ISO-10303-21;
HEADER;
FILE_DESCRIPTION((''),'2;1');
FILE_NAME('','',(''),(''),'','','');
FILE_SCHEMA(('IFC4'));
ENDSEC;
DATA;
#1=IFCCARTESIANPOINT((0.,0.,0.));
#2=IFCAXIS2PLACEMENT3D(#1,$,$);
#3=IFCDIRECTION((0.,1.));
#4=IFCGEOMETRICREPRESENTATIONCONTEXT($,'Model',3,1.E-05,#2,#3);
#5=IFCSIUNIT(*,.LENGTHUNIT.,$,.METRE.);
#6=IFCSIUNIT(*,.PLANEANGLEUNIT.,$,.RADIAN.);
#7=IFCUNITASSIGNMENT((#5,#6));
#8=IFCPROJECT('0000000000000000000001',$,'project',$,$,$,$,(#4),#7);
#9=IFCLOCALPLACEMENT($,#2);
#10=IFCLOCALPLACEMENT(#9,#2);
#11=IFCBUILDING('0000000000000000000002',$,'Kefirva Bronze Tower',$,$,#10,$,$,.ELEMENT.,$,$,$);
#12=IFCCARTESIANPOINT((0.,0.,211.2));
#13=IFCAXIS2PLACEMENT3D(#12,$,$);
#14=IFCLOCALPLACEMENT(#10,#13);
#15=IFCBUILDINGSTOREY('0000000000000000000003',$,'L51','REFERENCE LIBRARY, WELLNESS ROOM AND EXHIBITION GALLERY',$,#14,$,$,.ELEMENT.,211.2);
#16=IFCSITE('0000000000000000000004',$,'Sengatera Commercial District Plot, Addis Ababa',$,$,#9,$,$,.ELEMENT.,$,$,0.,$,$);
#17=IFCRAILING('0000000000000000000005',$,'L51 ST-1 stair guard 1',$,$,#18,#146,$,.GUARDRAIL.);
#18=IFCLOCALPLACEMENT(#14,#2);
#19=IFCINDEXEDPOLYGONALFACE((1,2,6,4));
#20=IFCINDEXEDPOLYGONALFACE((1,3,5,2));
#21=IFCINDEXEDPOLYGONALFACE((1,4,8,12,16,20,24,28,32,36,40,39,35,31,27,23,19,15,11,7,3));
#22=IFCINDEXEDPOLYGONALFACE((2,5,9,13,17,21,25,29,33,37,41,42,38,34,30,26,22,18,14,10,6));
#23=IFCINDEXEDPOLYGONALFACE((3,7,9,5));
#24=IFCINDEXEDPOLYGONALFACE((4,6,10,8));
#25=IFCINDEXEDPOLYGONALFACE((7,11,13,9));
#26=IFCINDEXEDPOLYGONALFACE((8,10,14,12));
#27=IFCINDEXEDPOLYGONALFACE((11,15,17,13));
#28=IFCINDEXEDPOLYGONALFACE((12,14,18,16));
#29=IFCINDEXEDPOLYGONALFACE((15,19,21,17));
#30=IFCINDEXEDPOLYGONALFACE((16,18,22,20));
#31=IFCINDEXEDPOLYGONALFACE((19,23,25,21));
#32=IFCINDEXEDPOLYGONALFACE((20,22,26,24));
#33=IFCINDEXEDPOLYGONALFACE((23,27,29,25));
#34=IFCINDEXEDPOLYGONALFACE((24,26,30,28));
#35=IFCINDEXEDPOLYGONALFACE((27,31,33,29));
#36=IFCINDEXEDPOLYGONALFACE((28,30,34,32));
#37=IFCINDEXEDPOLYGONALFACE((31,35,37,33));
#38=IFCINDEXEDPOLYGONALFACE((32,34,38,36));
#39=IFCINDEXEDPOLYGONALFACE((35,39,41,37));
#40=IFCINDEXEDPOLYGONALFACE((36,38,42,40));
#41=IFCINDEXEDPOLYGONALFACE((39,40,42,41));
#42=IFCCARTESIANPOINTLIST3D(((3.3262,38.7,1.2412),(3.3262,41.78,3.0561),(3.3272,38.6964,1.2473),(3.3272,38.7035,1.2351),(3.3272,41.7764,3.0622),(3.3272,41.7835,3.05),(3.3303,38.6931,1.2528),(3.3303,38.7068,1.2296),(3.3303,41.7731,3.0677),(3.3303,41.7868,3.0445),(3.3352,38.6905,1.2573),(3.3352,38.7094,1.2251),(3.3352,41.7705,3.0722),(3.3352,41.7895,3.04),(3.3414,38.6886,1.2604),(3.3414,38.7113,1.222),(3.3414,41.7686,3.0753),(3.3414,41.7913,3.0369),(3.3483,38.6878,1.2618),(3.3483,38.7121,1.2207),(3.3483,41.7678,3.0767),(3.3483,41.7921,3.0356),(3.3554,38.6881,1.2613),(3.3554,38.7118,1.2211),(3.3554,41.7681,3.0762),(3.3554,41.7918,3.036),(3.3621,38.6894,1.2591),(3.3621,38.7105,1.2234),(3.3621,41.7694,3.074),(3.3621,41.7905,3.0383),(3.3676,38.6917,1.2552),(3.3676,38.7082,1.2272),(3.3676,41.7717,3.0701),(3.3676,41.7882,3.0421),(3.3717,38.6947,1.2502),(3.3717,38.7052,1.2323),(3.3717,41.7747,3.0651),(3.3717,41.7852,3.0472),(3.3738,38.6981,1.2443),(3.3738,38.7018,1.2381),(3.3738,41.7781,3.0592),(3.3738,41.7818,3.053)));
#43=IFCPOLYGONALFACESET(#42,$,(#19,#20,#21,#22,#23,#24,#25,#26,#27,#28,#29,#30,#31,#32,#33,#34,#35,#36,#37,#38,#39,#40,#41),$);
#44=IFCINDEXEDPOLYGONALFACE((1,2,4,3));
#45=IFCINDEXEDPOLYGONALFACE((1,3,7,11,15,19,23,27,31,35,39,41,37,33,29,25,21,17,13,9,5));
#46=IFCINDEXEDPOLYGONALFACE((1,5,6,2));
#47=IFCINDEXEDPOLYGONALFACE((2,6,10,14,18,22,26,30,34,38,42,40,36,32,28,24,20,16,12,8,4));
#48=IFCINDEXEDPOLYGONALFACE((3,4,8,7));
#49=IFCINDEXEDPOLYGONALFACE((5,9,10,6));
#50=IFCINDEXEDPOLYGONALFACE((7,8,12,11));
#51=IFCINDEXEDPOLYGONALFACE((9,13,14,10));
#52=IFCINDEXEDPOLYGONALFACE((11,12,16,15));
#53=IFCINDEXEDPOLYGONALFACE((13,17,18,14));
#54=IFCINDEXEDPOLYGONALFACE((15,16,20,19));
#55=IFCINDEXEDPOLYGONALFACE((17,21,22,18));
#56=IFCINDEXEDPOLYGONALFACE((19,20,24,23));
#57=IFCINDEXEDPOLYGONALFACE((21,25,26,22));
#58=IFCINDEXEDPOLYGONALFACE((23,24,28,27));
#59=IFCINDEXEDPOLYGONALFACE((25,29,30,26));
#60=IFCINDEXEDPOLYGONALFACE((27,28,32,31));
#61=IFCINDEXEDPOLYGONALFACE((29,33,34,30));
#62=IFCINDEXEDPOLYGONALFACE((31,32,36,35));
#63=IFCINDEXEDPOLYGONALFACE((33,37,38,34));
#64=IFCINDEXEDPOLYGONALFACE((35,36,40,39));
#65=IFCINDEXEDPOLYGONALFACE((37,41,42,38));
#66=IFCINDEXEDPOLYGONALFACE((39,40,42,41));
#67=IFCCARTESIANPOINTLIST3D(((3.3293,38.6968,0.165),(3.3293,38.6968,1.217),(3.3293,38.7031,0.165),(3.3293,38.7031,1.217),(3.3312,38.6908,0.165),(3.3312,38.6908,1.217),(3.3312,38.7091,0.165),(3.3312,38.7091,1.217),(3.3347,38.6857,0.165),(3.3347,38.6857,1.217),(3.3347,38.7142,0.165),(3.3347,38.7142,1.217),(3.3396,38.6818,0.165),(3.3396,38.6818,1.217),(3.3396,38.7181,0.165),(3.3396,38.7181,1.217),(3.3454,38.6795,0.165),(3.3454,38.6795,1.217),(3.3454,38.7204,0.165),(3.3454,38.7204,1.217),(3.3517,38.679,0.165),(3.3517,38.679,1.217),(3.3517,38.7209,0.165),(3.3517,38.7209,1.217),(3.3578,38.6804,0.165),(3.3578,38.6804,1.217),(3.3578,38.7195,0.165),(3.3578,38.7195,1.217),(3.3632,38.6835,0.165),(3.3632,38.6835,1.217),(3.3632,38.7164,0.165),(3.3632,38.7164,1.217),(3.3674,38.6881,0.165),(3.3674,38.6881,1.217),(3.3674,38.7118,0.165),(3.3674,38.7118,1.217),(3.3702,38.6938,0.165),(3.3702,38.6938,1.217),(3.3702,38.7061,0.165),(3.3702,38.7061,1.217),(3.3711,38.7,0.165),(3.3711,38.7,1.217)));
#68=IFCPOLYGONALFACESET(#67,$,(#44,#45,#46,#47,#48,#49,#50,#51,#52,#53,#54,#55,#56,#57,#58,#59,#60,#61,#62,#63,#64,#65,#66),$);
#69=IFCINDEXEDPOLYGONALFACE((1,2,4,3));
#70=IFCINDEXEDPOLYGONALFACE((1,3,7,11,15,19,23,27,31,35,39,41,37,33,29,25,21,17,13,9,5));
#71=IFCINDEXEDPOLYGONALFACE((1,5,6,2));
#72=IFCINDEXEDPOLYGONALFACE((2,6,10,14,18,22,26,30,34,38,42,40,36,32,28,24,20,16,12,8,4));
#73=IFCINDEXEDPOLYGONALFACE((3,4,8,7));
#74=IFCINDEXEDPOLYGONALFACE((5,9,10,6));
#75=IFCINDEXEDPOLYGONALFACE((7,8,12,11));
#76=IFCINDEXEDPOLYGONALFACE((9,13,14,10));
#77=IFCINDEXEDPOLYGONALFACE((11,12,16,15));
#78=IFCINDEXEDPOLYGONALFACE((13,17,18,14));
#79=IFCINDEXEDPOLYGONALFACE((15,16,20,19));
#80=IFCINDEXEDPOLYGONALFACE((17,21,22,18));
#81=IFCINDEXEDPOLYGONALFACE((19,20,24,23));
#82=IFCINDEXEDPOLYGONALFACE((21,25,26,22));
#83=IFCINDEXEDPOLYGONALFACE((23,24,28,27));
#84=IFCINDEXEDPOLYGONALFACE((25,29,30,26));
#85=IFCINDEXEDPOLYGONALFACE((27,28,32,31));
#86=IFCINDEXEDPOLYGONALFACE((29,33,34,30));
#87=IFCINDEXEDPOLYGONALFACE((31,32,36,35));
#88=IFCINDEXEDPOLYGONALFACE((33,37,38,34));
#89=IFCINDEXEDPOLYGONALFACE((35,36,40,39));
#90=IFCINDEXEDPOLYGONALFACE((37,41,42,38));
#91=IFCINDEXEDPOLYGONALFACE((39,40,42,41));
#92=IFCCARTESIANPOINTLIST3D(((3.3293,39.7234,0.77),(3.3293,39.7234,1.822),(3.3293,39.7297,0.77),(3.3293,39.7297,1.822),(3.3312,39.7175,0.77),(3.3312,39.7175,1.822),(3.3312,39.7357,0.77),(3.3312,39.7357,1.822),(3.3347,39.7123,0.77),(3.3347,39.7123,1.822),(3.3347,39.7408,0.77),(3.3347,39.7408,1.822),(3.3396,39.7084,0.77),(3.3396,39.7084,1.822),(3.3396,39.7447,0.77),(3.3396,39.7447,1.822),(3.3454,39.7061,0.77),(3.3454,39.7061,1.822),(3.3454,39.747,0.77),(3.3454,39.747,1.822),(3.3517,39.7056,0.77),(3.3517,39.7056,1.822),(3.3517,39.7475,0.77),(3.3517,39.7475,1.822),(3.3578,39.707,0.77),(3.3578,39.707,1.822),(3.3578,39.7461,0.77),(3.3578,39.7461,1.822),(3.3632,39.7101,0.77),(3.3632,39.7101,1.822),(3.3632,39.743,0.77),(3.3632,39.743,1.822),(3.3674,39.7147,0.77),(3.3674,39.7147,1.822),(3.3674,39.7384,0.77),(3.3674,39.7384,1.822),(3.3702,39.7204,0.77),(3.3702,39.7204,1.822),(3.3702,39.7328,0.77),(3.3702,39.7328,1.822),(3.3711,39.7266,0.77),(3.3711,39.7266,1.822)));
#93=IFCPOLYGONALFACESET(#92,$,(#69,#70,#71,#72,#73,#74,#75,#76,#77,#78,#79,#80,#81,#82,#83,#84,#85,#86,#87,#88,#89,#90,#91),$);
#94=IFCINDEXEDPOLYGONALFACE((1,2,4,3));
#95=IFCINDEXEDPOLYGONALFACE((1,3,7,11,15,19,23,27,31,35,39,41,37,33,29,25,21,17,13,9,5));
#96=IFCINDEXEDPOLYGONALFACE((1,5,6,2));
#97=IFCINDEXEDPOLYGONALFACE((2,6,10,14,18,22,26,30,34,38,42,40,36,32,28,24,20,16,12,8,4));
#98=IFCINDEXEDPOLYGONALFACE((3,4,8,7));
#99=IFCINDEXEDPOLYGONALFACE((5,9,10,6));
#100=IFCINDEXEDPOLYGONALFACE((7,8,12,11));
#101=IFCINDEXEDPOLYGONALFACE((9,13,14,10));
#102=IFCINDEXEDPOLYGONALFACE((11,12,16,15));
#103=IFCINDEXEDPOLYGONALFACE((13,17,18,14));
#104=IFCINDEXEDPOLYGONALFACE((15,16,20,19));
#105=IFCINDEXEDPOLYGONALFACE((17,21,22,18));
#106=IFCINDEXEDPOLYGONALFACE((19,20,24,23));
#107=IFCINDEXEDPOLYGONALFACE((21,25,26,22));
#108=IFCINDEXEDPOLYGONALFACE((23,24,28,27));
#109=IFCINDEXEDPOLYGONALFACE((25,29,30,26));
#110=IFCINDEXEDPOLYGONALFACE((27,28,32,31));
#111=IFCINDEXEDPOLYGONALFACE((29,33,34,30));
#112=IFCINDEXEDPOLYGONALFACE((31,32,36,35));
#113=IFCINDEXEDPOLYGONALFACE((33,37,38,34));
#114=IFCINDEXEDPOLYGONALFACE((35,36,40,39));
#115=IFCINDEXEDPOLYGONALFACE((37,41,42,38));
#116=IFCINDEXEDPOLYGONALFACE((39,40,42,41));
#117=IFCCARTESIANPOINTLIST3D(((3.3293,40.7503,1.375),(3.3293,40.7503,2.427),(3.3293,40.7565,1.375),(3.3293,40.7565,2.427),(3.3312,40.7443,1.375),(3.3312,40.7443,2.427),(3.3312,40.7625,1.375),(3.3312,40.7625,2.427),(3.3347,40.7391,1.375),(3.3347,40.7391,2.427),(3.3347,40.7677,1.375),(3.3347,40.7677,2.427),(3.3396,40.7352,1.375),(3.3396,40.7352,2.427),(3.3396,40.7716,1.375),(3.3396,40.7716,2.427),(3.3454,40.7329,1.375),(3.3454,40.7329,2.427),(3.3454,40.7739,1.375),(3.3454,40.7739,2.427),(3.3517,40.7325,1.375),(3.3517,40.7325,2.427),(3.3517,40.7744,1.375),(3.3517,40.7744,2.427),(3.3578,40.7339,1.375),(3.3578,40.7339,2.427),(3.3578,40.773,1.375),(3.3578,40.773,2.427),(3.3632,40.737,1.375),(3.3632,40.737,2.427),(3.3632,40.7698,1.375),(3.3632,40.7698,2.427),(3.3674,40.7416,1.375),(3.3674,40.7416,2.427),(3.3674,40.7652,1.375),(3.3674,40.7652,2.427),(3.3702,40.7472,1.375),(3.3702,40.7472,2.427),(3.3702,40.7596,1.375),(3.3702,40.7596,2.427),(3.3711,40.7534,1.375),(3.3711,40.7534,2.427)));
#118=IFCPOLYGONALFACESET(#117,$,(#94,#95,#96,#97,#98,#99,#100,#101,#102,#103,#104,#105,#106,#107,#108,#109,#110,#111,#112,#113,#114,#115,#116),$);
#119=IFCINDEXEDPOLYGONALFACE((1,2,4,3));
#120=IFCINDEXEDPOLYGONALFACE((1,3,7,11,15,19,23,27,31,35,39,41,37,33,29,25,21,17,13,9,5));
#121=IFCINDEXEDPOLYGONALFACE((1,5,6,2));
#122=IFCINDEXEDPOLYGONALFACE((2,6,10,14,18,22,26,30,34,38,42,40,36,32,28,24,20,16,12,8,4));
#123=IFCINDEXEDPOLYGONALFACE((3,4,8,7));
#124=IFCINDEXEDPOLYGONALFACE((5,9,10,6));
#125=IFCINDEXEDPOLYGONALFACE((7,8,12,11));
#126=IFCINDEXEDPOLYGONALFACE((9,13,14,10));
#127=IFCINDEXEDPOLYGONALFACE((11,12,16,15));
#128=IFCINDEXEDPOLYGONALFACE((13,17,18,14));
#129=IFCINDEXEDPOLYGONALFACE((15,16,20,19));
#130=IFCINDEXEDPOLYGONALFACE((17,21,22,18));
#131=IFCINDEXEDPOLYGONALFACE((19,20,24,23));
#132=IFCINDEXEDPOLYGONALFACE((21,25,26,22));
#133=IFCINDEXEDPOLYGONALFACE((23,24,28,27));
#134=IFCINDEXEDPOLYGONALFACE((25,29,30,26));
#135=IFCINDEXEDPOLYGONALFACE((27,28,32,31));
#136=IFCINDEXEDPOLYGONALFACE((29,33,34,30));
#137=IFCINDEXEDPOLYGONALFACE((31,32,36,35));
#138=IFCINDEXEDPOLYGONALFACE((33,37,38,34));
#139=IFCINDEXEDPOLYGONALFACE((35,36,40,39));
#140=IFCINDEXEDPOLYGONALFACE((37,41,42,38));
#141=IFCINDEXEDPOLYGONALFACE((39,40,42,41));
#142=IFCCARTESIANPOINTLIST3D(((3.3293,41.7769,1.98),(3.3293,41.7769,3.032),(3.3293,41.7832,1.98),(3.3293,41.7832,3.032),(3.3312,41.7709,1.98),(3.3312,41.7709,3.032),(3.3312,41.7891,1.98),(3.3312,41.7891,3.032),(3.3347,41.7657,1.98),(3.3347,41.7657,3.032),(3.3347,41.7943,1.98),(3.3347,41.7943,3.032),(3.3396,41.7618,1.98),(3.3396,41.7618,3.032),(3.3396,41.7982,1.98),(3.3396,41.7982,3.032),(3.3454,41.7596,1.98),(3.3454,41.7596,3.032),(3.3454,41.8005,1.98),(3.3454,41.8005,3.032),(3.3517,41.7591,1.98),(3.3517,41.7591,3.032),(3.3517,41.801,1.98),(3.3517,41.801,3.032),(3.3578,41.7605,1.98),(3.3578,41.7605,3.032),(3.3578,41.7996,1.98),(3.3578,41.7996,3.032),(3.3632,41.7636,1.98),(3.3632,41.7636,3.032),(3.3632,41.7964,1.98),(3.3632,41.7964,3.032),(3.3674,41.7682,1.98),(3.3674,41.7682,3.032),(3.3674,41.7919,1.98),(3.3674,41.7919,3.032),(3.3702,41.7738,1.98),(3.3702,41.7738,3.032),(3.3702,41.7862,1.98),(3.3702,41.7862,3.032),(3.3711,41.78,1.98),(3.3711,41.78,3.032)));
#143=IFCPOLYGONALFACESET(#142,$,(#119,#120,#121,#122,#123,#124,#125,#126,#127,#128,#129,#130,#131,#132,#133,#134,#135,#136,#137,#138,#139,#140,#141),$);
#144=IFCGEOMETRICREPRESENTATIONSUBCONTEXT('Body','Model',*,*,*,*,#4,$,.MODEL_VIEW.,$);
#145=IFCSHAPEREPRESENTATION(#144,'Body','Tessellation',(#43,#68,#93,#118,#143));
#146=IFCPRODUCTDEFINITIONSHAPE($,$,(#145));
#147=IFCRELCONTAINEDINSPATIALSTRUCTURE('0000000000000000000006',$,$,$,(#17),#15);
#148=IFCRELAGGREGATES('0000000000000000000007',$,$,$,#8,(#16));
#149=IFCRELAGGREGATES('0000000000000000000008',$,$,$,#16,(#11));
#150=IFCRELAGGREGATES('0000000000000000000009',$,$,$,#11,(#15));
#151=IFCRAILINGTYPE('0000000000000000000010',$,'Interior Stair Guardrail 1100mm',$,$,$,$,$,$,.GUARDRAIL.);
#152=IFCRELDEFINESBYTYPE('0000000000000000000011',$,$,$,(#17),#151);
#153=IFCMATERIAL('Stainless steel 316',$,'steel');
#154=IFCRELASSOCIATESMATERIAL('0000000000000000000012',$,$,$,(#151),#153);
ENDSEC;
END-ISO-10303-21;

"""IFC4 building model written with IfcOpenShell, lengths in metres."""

from ifc_helpers import new_model, si_unit, direction, frame, origin, origin_2d, place, context, subcontext, project, spatial, circle, extrude, material, type_object, element, save


model = new_model("IFC4")

# Units and contexts
model_context = context("Model", 3, precision=1e-05, world=origin(), true_north=direction((0.0, 1.0)))
body_context = subcontext(model_context, "Body", "Model", "MODEL_VIEW")
ifc_project = project(units=[si_unit("LENGTHUNIT", "METRE"), si_unit("PLANEANGLEUNIT", "RADIAN")], contexts=[model_context])

# Site, building, storey
site_placement = place(None, origin())
site = spatial("IfcSite", under=ifc_project, at=site_placement, Name="Sengatera Commercial District Plot, Addis Ababa", CompositionType="ELEMENT", RefElevation=0.0)
building_placement = place(site_placement, origin())
building = spatial("IfcBuilding", under=site, at=building_placement, Name="Kefirva Bronze Tower", CompositionType="ELEMENT")
storey_placement = place(building_placement, frame((0.0, 0.0, 211.2)))
storey = spatial("IfcBuildingStorey", under=building, at=storey_placement, Name="L51", Description="REFERENCE LIBRARY, WELLNESS ROOM AND EXHIBITION GALLERY", CompositionType="ELEMENT", Elevation=211.2)

# Railing
ifc_material_1 = material(Name="Stainless steel 316", Category="steel")
railing_type_1 = type_object("IfcRailingType", Name="Interior Stair Guardrail 1100mm", PredefinedType="GUARDRAIL", material=ifc_material_1)
railing_1_placement = place(storey_placement, frame((3.3501, 38.7, 0.165)))
element("IfcRailing", 1, at=railing_1_placement, inside=storey, type_object=railing_type_1, Name="L51 ST-1 stair guard 1", PredefinedType="GUARDRAIL", context=body_context, shape_type="SweptSolid", body=[
    extrude(circle(Radius=0.0239, at=origin_2d()), frame((0.0, 0.0, 1.0762), z_axis=(0.0, 0.861551, 0.507671), x_axis=(-1.0, 0.0, 0.0)), (0.0, 0.0, 1.0), 3.575),
    extrude(circle(Radius=0.021, at=origin_2d()), origin(), (0.0, 0.0, 1.0), 1.052),
    extrude(circle(Radius=0.021, at=origin_2d()), frame((0.0, 1.0266, 0.605)), (0.0, 0.0, 1.0), 1.052),
    extrude(circle(Radius=0.021, at=origin_2d()), frame((0.0, 2.0535, 1.21)), (0.0, 0.0, 1.0), 1.052),
    extrude(circle(Radius=0.021, at=origin_2d()), frame((0.0, 3.0801, 1.8149)), (0.0, 0.0, 1.0), 1.052),
])

save(model, "model.ifc")
